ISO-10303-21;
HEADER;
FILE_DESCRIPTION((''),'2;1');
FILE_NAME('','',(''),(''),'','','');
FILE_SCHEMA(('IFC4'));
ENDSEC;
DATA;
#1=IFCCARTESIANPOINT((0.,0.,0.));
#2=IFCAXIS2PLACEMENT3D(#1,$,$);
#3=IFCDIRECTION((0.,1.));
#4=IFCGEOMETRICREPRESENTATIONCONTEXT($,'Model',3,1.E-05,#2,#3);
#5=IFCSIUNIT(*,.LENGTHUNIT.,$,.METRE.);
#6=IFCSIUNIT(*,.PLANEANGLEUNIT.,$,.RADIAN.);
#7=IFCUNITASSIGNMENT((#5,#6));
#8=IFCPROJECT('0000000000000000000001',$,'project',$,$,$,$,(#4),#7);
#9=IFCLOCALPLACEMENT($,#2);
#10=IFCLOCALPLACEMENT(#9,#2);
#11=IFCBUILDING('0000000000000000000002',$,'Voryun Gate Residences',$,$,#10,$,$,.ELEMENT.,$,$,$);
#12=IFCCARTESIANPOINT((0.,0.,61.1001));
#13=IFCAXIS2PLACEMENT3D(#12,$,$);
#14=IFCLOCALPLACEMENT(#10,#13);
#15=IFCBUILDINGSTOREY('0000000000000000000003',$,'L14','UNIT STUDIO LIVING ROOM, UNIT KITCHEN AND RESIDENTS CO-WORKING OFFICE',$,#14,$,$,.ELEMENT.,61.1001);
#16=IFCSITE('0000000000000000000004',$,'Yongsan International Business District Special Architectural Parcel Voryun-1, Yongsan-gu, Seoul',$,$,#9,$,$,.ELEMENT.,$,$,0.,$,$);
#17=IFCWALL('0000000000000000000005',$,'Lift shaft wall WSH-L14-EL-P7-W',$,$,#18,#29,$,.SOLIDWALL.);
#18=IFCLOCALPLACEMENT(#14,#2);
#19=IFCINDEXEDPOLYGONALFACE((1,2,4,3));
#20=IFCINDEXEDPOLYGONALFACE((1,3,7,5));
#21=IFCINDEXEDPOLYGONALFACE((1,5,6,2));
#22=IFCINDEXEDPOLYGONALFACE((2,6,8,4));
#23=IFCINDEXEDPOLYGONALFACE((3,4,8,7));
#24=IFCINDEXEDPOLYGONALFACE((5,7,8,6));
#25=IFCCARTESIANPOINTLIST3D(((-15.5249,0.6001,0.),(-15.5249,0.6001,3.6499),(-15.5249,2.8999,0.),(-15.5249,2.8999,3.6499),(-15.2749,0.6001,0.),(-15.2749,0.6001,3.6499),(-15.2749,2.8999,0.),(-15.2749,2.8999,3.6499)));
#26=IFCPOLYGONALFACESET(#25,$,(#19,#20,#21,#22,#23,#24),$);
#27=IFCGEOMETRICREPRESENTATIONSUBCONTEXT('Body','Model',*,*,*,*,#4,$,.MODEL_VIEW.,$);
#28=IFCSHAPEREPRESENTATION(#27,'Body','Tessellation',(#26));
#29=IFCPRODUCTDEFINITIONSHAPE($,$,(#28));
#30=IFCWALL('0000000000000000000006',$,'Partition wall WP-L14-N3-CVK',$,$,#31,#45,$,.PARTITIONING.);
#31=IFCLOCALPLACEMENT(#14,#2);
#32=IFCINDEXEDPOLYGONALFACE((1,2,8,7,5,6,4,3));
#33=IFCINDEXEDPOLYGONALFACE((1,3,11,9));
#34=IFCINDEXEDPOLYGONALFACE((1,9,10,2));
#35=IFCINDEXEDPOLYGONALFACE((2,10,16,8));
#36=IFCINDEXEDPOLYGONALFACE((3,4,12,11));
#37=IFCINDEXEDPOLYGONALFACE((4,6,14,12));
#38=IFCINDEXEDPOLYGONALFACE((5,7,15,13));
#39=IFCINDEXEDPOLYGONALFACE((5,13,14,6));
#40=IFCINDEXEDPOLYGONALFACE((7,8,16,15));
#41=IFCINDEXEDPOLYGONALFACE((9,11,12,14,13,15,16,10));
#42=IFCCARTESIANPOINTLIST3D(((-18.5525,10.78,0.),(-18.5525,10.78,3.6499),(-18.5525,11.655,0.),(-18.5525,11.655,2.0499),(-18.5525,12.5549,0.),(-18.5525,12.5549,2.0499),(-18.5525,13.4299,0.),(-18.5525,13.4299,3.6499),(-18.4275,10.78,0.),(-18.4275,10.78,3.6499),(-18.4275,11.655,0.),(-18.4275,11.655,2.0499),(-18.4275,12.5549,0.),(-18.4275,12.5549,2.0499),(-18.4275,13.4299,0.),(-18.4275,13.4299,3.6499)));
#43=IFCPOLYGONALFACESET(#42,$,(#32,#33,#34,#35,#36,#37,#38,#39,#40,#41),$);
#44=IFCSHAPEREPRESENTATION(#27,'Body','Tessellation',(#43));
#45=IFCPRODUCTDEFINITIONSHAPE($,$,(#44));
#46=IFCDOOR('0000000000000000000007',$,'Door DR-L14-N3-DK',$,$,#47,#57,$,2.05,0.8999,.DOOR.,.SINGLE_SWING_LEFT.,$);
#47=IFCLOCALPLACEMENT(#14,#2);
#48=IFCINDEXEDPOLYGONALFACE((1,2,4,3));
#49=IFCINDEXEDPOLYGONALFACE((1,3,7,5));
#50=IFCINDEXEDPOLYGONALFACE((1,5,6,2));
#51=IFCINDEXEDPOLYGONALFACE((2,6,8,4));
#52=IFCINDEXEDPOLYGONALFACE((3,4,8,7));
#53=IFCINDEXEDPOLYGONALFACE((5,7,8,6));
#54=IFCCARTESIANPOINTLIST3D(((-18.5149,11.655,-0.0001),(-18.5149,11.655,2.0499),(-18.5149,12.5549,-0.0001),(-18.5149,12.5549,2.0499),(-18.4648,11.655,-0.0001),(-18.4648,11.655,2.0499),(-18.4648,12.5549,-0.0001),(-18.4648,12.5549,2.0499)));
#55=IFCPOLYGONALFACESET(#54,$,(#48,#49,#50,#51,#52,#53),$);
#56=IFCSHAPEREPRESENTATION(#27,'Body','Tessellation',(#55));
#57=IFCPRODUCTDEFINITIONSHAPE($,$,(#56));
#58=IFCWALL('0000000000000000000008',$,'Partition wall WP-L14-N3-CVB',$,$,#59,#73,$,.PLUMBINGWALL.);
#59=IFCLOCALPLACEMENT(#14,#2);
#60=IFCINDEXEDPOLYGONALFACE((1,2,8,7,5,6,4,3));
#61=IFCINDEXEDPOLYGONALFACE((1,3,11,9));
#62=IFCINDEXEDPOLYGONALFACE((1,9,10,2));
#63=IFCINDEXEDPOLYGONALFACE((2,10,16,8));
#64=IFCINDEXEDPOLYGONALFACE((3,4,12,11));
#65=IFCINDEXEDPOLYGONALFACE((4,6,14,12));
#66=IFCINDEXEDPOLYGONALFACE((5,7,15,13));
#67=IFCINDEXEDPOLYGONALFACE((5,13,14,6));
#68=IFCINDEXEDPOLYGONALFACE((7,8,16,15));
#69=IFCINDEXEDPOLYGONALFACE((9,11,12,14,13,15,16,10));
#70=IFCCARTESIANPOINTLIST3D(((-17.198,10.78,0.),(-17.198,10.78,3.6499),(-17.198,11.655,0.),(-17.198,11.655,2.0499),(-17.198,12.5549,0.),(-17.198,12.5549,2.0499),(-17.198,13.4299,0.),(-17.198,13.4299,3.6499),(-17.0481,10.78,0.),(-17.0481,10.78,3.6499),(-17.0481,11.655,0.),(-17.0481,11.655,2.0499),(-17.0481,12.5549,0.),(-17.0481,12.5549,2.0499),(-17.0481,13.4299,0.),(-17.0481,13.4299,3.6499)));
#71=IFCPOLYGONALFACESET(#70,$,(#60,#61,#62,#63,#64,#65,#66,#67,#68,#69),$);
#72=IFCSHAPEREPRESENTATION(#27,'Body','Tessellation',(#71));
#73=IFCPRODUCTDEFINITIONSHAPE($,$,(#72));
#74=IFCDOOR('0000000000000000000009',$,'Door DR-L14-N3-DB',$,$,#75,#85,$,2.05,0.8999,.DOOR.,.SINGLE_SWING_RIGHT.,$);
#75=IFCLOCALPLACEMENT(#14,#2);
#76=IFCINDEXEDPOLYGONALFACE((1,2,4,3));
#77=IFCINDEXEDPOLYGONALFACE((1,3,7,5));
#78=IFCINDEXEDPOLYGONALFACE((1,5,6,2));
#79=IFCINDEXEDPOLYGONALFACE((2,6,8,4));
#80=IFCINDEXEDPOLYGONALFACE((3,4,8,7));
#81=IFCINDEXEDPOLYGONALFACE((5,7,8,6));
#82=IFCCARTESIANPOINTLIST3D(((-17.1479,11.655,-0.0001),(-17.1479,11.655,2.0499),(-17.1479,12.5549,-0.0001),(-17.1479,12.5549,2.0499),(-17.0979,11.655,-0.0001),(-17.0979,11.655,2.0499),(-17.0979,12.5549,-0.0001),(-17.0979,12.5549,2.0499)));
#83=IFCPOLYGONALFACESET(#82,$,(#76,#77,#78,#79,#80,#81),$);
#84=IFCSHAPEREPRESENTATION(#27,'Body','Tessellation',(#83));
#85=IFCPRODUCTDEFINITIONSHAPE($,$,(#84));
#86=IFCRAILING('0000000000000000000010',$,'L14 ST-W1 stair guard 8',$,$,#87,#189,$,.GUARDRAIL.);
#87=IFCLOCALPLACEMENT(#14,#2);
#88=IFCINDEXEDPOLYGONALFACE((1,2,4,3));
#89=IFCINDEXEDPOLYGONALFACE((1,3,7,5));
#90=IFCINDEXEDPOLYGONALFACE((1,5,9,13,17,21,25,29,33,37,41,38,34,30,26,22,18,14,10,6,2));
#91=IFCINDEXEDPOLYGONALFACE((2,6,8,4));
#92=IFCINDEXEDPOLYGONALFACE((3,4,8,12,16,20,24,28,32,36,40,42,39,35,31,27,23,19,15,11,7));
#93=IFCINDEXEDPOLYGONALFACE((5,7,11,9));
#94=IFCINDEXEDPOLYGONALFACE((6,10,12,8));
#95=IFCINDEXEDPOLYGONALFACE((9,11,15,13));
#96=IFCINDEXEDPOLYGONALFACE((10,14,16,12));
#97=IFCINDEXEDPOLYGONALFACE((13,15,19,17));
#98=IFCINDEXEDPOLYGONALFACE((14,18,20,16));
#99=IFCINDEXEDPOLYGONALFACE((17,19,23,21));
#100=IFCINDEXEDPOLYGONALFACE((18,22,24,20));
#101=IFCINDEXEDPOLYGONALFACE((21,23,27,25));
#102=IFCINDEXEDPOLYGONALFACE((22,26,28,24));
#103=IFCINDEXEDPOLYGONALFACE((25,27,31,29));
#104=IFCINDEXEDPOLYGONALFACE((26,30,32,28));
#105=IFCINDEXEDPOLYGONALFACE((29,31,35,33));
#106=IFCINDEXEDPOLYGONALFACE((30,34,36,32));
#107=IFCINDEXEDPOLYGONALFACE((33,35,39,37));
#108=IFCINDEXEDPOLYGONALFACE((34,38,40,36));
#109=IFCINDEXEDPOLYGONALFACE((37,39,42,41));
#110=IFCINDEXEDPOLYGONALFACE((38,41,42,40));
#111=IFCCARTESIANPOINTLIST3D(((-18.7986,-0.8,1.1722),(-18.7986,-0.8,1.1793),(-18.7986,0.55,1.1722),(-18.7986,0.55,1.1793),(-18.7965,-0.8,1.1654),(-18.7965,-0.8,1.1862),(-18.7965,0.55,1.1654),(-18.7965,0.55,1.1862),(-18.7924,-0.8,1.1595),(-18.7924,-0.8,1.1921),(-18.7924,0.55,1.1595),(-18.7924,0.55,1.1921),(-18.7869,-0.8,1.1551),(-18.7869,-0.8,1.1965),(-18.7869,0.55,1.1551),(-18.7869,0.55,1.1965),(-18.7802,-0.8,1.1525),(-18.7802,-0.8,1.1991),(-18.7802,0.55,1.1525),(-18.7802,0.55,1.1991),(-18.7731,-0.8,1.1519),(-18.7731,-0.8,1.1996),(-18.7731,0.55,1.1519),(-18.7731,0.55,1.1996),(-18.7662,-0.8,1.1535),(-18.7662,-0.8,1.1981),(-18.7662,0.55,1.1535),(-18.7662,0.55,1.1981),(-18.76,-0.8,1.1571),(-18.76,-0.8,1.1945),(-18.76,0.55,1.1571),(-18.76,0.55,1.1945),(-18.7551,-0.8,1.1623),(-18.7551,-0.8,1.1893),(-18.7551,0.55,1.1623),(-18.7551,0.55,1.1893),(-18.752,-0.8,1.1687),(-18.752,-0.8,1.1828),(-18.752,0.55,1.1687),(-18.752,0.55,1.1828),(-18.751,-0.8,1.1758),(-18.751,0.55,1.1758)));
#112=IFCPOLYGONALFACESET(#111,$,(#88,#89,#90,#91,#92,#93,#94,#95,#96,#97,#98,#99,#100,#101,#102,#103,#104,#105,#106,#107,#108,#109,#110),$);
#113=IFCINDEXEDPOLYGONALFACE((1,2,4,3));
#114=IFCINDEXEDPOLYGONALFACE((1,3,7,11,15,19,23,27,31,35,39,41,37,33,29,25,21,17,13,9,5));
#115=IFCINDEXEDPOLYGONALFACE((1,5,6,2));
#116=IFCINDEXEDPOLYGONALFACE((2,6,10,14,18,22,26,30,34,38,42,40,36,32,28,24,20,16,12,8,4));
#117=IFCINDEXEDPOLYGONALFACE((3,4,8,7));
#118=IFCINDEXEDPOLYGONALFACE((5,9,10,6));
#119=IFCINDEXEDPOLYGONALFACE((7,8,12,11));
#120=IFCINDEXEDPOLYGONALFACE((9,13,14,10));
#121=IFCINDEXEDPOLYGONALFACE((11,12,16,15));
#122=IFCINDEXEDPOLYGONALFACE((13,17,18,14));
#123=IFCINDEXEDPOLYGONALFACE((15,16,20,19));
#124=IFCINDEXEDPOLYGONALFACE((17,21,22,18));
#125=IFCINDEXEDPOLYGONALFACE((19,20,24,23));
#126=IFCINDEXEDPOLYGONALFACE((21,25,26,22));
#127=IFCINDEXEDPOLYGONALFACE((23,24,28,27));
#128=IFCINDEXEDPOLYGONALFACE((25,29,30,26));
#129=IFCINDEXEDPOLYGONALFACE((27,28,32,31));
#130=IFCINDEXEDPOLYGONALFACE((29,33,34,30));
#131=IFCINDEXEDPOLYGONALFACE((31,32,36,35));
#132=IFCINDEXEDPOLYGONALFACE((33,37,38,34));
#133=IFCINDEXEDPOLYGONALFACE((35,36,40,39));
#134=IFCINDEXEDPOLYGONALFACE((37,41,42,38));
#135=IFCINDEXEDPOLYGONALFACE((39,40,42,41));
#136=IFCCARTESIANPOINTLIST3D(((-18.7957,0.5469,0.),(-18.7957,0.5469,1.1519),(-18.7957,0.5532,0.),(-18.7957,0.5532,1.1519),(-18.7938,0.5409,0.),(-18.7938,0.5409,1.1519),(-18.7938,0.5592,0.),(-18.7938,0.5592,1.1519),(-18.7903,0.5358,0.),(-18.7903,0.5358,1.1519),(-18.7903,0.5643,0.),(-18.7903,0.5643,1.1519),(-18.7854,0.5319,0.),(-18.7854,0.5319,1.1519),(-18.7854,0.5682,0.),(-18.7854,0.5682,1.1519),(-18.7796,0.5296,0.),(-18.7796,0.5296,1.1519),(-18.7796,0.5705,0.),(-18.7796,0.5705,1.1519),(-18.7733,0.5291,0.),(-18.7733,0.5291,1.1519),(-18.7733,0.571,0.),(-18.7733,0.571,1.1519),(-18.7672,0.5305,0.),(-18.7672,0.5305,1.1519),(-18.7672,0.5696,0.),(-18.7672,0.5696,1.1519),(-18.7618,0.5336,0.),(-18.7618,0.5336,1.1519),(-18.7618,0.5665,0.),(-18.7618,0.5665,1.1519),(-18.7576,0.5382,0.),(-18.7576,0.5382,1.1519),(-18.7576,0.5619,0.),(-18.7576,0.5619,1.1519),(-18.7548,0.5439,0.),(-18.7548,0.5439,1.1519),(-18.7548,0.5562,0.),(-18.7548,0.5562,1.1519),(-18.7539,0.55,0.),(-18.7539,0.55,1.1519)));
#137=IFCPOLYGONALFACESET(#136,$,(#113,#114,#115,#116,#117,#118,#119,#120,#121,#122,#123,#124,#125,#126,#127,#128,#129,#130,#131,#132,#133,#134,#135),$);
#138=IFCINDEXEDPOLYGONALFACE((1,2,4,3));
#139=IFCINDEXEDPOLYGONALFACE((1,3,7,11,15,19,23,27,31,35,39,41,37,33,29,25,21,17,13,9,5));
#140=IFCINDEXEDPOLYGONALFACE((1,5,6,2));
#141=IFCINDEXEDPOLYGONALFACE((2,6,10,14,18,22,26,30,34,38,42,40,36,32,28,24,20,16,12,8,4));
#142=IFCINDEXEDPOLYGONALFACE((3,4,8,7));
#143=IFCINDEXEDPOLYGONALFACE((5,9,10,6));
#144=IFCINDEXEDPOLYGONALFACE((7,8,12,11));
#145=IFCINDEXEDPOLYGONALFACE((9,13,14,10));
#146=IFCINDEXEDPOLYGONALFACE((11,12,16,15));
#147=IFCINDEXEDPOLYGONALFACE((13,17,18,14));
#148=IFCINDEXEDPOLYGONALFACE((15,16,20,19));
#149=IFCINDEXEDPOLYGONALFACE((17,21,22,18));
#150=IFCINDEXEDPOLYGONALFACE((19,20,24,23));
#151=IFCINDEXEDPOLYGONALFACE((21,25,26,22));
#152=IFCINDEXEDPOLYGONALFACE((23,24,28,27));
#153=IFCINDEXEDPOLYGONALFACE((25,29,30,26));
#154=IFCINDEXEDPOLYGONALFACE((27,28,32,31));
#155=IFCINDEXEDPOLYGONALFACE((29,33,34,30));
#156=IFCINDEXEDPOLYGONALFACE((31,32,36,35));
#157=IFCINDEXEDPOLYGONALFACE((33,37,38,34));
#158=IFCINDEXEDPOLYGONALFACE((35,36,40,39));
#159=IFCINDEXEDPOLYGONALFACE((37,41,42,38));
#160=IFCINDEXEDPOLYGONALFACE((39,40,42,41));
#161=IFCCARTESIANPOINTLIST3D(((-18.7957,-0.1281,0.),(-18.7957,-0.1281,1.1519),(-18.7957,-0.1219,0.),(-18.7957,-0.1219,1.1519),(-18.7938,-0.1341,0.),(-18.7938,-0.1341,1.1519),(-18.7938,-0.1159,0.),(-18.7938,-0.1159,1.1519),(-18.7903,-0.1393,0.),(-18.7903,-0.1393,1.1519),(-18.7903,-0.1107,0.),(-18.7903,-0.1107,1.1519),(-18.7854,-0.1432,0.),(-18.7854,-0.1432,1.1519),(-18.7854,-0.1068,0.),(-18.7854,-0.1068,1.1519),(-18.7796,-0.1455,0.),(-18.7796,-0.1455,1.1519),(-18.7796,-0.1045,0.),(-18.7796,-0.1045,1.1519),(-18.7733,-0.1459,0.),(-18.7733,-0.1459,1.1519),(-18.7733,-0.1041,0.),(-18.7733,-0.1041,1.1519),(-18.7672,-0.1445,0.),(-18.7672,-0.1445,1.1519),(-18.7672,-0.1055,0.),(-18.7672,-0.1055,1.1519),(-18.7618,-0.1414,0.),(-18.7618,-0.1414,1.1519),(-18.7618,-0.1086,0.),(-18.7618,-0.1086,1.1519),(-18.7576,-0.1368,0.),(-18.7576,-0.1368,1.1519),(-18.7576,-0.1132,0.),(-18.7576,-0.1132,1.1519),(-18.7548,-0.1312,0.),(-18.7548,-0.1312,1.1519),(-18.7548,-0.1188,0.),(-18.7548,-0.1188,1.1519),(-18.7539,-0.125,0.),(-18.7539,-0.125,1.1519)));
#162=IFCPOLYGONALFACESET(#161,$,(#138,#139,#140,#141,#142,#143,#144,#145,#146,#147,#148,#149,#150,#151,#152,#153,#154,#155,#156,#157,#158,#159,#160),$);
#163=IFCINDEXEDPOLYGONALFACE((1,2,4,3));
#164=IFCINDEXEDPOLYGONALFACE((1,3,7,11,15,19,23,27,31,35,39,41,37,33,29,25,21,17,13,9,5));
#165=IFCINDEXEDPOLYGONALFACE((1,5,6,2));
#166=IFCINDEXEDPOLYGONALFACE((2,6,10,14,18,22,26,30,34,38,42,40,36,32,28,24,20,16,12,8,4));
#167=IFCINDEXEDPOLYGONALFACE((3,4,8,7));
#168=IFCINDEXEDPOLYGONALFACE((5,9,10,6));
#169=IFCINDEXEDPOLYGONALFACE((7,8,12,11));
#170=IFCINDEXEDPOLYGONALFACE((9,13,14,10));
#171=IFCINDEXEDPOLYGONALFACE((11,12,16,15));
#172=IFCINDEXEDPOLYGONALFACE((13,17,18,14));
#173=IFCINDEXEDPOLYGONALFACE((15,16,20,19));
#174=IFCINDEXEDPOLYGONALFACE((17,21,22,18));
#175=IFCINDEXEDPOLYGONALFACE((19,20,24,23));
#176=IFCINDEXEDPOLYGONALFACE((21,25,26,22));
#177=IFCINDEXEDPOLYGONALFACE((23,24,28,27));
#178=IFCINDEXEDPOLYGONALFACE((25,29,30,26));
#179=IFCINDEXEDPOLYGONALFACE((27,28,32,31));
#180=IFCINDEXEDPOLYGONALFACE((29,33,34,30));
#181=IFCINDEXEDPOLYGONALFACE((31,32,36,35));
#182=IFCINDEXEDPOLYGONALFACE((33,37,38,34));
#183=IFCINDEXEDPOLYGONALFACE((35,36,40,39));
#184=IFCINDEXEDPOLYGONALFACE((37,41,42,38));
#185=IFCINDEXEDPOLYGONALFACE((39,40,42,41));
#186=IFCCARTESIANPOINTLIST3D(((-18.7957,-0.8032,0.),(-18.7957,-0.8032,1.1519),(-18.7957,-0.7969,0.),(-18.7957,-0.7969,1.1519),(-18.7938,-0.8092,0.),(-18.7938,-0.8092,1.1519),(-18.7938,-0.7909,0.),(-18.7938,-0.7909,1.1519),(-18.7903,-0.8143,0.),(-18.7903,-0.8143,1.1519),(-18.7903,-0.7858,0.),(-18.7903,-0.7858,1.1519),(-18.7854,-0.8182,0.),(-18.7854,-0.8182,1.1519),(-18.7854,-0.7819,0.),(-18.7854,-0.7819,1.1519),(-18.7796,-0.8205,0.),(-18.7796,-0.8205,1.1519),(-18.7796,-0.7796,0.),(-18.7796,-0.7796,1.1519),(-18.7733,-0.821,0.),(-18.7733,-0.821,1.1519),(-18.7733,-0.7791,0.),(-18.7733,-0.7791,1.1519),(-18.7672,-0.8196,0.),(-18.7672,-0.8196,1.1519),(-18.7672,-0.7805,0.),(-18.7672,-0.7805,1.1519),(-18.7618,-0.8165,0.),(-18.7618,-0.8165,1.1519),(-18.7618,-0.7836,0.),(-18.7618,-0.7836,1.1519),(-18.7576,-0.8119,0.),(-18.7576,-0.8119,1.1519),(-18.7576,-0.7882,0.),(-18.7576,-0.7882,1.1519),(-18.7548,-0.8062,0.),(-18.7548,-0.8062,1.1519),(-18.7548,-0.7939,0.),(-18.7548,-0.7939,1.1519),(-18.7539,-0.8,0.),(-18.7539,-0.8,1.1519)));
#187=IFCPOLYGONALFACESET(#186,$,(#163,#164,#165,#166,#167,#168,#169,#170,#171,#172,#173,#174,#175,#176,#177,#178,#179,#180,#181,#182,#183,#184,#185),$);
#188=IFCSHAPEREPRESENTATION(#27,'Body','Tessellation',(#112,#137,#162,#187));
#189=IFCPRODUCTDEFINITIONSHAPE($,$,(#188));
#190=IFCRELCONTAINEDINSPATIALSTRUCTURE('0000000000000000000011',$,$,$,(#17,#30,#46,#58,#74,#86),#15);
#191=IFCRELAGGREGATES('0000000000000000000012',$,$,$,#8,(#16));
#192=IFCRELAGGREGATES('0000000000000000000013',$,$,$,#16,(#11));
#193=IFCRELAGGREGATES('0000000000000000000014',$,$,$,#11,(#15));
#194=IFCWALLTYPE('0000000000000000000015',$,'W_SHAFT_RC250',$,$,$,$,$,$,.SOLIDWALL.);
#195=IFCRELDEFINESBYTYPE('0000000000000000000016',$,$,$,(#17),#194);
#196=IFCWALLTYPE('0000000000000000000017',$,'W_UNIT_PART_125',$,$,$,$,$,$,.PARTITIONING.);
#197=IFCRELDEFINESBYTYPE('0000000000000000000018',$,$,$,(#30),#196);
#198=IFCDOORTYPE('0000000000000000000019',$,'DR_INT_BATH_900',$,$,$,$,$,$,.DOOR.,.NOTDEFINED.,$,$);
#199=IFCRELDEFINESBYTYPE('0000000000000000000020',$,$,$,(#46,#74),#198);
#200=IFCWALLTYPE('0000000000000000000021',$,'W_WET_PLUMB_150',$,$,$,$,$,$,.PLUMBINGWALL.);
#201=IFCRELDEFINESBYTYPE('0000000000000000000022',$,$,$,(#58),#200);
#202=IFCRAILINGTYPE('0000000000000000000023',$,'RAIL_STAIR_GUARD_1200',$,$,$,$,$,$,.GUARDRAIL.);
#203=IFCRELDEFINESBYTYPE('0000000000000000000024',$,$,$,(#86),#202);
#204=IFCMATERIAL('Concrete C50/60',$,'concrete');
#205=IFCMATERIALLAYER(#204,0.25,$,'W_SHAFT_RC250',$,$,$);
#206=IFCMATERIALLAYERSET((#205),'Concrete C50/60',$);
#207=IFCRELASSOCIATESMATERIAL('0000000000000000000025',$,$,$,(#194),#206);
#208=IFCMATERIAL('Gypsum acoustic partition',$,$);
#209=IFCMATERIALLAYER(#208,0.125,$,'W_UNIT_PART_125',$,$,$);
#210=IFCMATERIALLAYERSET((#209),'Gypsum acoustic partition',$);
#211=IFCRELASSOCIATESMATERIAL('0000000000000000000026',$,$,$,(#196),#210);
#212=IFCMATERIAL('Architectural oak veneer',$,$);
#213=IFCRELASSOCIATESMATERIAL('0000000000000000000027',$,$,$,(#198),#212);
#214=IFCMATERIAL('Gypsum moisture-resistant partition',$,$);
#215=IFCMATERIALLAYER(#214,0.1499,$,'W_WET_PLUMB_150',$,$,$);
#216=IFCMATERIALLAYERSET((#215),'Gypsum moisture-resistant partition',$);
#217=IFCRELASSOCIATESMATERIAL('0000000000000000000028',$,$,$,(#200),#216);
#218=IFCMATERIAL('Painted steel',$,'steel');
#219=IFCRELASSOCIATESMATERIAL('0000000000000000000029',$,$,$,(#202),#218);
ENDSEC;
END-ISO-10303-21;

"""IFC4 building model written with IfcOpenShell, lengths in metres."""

from ifc_helpers import new_model, si_unit, direction, frame, frame_2d, origin, origin_2d, place, context, subcontext, project, spatial, rectangle, circle, extrude, material, layer, layer_set, type_object, element, fill, save


model = new_model("IFC4")

# Units and contexts
model_context = context("Model", 3, precision=1e-05, world=origin(), true_north=direction((0.0, 1.0)))
body_context = subcontext(model_context, "Body", "Model", "MODEL_VIEW")
ifc_project = project(units=[si_unit("LENGTHUNIT", "METRE"), si_unit("PLANEANGLEUNIT", "RADIAN")], contexts=[model_context])

# Site, building, storey
site_placement = place(None, origin())
site = spatial("IfcSite", under=ifc_project, at=site_placement, Name="Yongsan International Business District Special Architectural Parcel Voryun-1, Yongsan-gu, Seoul", CompositionType="ELEMENT", RefElevation=0.0)
building_placement = place(site_placement, origin())
building = spatial("IfcBuilding", under=site, at=building_placement, Name="Voryun Gate Residences", CompositionType="ELEMENT")
storey_placement = place(building_placement, frame((0.0, 0.0, 61.1001)))
storey = spatial("IfcBuildingStorey", under=building, at=storey_placement, Name="L14", Description="UNIT STUDIO LIVING ROOM, UNIT KITCHEN AND RESIDENTS CO-WORKING OFFICE", CompositionType="ELEMENT", Elevation=61.1001)

# Shared definitions
ifc_material_1 = material(Name="Concrete C50/60", Category="concrete")
ifc_layer_1 = layer(ifc_material_1, 0.25, Name="W_SHAFT_RC250")
ifc_layer_set_1 = layer_set([ifc_layer_1], Name="Concrete C50/60")
wall_type_1 = type_object("IfcWallType", Name="W_SHAFT_RC250", PredefinedType="SOLIDWALL", material=ifc_layer_set_1)

# Wall
wall_1_placement = place(storey_placement, frame((-15.3999, 2.8999, 0.0), z_axis=(0.0, 0.0, 1.0), x_axis=(0.0, -1.0, 0.0)))
element("IfcWall", 1, at=wall_1_placement, inside=storey, type_object=wall_type_1, Name="Lift shaft wall WSH-L14-EL-P7-W", PredefinedType="SOLIDWALL", context=body_context, shape_type="SweptSolid", body=[
    extrude(rectangle(XDim=2.2998, YDim=0.25, at=frame_2d((1.1499, 0.0))), origin(), (0.0, 0.0, 1.0), 3.6499),
])

# Walls, openings, doors
ifc_material_2 = material(Name="Gypsum acoustic partition")
ifc_layer_2 = layer(ifc_material_2, 0.125, Name="W_UNIT_PART_125")
ifc_layer_set_2 = layer_set([ifc_layer_2], Name="Gypsum acoustic partition")
wall_type_2 = type_object("IfcWallType", Name="W_UNIT_PART_125", PredefinedType="PARTITIONING", material=ifc_layer_set_2)
wall_2_placement = place(storey_placement, frame((-18.49, 10.78, 0.0), z_axis=(0.0, 0.0, 1.0), x_axis=(0.0, 1.0, 0.0)))
wall_2 = element("IfcWall", 2, at=wall_2_placement, inside=storey, type_object=wall_type_2, Name="Partition wall WP-L14-N3-CVK", PredefinedType="PARTITIONING", context=body_context, shape_type="SweptSolid", body=[
    extrude(rectangle(XDim=2.6499, YDim=0.125, at=frame_2d((1.325, 0.0))), origin(), (0.0, 0.0, 1.0), 3.6499),
])
opening_1_placement = place(wall_2_placement, frame((0.875, 0.0, 0.0)))
opening_1 = element("IfcOpeningElement", 3, at=opening_1_placement, cuts=wall_2, PredefinedType="OPENING", context=body_context, shape_type="SweptSolid", body=[
    extrude(rectangle(XDim=0.8999, YDim=2.05, at=frame_2d((0.45, 1.0249))), frame((0.0, 0.0725, 0.0), z_axis=(0.0, -1.0, 0.0), x_axis=(1.0, 0.0, 0.0)), (0.0, 0.0, 1.0), 0.145),
])
ifc_material_3 = material(Name="Architectural oak veneer")
door_type_1 = type_object("IfcDoorType", Name="DR_INT_BATH_900", OperationType="NOTDEFINED", PredefinedType="DOOR", material=ifc_material_3)
door_1_placement = place(opening_1_placement, origin())
door_1 = element("IfcDoor", 4, at=door_1_placement, inside=storey, type_object=door_type_1, Name="Door DR-L14-N3-DK", OperationType="SINGLE_SWING_LEFT", OverallHeight=2.05, OverallWidth=0.8999, PredefinedType="DOOR", context=body_context, shape_type="SweptSolid", body=[
    extrude(rectangle(XDim=0.8999, YDim=2.05, at=frame_2d((0.45, 1.0249))), frame((0.0, 0.0249, 0.0), z_axis=(0.0, -1.0, 0.0), x_axis=(1.0, 0.0, 0.0)), (0.0, 0.0, 1.0), 0.05),
])
fill(opening_1, door_1)
ifc_material_4 = material(Name="Gypsum moisture-resistant partition")
ifc_layer_3 = layer(ifc_material_4, 0.1499, Name="W_WET_PLUMB_150")
ifc_layer_set_3 = layer_set([ifc_layer_3], Name="Gypsum moisture-resistant partition")
wall_type_3 = type_object("IfcWallType", Name="W_WET_PLUMB_150", PredefinedType="PLUMBINGWALL", material=ifc_layer_set_3)
wall_3_placement = place(storey_placement, frame((-17.123, 10.78, 0.0), z_axis=(0.0, 0.0, 1.0), x_axis=(0.0, 1.0, 0.0)))
wall_3 = element("IfcWall", 5, at=wall_3_placement, inside=storey, type_object=wall_type_3, Name="Partition wall WP-L14-N3-CVB", PredefinedType="PLUMBINGWALL", context=body_context, shape_type="SweptSolid", body=[
    extrude(rectangle(XDim=2.6499, YDim=0.1499, at=frame_2d((1.325, 0.0))), origin(), (0.0, 0.0, 1.0), 3.6499),
])
opening_2_placement = place(wall_3_placement, frame((0.875, 0.0, 0.0)))
opening_2 = element("IfcOpeningElement", 6, at=opening_2_placement, cuts=wall_3, PredefinedType="OPENING", context=body_context, shape_type="SweptSolid", body=[
    extrude(rectangle(XDim=0.8999, YDim=2.05, at=frame_2d((0.45, 1.0249))), frame((0.0, 0.085, 0.0), z_axis=(0.0, -1.0, 0.0), x_axis=(1.0, 0.0, 0.0)), (0.0, 0.0, 1.0), 0.1699),
])
door_2_placement = place(opening_2_placement, origin())
door_2 = element("IfcDoor", 7, at=door_2_placement, inside=storey, type_object=door_type_1, Name="Door DR-L14-N3-DB", OperationType="SINGLE_SWING_RIGHT", OverallHeight=2.05, OverallWidth=0.8999, PredefinedType="DOOR", context=body_context, shape_type="SweptSolid", body=[
    extrude(rectangle(XDim=0.8999, YDim=2.05, at=frame_2d((0.45, 1.0249))), frame((0.0, 0.0249, 0.0), z_axis=(0.0, -1.0, 0.0), x_axis=(1.0, 0.0, 0.0)), (0.0, 0.0, 1.0), 0.05),
])
fill(opening_2, door_2)

# Railing
ifc_material_5 = material(Name="Painted steel", Category="steel")
railing_type = type_object("IfcRailingType", Name="RAIL_STAIR_GUARD_1200", PredefinedType="GUARDRAIL", material=ifc_material_5)
for number, where, name in (
    (8, (-18.7749, 0.55, 0.0), "L14 ST-W1 stair guard 8"),
):
    element("IfcRailing", number, at=place(storey_placement, frame(where)), inside=storey, type_object=railing_type, Name=name, PredefinedType="GUARDRAIL", context=body_context, shape_type="SweptSolid", body=[
        extrude(circle(Radius=0.0239, at=origin_2d()), frame((0.0, 0.0, 1.1758), z_axis=(0.0, -1.0, 0.0), x_axis=(1.0, 0.0, 0.0)), (0.0, 0.0, 1.0), 1.3501),
        extrude(circle(Radius=0.021, at=origin_2d()), origin(), (0.0, 0.0, 1.0), 1.1519),
        extrude(circle(Radius=0.021, at=origin_2d()), frame((0.0, -0.675, 0.0)), (0.0, 0.0, 1.0), 1.1519),
        extrude(circle(Radius=0.021, at=origin_2d()), frame((0.0, -1.3501, 0.0)), (0.0, 0.0, 1.0), 1.1519),
    ])

save(model, "model.ifc")
